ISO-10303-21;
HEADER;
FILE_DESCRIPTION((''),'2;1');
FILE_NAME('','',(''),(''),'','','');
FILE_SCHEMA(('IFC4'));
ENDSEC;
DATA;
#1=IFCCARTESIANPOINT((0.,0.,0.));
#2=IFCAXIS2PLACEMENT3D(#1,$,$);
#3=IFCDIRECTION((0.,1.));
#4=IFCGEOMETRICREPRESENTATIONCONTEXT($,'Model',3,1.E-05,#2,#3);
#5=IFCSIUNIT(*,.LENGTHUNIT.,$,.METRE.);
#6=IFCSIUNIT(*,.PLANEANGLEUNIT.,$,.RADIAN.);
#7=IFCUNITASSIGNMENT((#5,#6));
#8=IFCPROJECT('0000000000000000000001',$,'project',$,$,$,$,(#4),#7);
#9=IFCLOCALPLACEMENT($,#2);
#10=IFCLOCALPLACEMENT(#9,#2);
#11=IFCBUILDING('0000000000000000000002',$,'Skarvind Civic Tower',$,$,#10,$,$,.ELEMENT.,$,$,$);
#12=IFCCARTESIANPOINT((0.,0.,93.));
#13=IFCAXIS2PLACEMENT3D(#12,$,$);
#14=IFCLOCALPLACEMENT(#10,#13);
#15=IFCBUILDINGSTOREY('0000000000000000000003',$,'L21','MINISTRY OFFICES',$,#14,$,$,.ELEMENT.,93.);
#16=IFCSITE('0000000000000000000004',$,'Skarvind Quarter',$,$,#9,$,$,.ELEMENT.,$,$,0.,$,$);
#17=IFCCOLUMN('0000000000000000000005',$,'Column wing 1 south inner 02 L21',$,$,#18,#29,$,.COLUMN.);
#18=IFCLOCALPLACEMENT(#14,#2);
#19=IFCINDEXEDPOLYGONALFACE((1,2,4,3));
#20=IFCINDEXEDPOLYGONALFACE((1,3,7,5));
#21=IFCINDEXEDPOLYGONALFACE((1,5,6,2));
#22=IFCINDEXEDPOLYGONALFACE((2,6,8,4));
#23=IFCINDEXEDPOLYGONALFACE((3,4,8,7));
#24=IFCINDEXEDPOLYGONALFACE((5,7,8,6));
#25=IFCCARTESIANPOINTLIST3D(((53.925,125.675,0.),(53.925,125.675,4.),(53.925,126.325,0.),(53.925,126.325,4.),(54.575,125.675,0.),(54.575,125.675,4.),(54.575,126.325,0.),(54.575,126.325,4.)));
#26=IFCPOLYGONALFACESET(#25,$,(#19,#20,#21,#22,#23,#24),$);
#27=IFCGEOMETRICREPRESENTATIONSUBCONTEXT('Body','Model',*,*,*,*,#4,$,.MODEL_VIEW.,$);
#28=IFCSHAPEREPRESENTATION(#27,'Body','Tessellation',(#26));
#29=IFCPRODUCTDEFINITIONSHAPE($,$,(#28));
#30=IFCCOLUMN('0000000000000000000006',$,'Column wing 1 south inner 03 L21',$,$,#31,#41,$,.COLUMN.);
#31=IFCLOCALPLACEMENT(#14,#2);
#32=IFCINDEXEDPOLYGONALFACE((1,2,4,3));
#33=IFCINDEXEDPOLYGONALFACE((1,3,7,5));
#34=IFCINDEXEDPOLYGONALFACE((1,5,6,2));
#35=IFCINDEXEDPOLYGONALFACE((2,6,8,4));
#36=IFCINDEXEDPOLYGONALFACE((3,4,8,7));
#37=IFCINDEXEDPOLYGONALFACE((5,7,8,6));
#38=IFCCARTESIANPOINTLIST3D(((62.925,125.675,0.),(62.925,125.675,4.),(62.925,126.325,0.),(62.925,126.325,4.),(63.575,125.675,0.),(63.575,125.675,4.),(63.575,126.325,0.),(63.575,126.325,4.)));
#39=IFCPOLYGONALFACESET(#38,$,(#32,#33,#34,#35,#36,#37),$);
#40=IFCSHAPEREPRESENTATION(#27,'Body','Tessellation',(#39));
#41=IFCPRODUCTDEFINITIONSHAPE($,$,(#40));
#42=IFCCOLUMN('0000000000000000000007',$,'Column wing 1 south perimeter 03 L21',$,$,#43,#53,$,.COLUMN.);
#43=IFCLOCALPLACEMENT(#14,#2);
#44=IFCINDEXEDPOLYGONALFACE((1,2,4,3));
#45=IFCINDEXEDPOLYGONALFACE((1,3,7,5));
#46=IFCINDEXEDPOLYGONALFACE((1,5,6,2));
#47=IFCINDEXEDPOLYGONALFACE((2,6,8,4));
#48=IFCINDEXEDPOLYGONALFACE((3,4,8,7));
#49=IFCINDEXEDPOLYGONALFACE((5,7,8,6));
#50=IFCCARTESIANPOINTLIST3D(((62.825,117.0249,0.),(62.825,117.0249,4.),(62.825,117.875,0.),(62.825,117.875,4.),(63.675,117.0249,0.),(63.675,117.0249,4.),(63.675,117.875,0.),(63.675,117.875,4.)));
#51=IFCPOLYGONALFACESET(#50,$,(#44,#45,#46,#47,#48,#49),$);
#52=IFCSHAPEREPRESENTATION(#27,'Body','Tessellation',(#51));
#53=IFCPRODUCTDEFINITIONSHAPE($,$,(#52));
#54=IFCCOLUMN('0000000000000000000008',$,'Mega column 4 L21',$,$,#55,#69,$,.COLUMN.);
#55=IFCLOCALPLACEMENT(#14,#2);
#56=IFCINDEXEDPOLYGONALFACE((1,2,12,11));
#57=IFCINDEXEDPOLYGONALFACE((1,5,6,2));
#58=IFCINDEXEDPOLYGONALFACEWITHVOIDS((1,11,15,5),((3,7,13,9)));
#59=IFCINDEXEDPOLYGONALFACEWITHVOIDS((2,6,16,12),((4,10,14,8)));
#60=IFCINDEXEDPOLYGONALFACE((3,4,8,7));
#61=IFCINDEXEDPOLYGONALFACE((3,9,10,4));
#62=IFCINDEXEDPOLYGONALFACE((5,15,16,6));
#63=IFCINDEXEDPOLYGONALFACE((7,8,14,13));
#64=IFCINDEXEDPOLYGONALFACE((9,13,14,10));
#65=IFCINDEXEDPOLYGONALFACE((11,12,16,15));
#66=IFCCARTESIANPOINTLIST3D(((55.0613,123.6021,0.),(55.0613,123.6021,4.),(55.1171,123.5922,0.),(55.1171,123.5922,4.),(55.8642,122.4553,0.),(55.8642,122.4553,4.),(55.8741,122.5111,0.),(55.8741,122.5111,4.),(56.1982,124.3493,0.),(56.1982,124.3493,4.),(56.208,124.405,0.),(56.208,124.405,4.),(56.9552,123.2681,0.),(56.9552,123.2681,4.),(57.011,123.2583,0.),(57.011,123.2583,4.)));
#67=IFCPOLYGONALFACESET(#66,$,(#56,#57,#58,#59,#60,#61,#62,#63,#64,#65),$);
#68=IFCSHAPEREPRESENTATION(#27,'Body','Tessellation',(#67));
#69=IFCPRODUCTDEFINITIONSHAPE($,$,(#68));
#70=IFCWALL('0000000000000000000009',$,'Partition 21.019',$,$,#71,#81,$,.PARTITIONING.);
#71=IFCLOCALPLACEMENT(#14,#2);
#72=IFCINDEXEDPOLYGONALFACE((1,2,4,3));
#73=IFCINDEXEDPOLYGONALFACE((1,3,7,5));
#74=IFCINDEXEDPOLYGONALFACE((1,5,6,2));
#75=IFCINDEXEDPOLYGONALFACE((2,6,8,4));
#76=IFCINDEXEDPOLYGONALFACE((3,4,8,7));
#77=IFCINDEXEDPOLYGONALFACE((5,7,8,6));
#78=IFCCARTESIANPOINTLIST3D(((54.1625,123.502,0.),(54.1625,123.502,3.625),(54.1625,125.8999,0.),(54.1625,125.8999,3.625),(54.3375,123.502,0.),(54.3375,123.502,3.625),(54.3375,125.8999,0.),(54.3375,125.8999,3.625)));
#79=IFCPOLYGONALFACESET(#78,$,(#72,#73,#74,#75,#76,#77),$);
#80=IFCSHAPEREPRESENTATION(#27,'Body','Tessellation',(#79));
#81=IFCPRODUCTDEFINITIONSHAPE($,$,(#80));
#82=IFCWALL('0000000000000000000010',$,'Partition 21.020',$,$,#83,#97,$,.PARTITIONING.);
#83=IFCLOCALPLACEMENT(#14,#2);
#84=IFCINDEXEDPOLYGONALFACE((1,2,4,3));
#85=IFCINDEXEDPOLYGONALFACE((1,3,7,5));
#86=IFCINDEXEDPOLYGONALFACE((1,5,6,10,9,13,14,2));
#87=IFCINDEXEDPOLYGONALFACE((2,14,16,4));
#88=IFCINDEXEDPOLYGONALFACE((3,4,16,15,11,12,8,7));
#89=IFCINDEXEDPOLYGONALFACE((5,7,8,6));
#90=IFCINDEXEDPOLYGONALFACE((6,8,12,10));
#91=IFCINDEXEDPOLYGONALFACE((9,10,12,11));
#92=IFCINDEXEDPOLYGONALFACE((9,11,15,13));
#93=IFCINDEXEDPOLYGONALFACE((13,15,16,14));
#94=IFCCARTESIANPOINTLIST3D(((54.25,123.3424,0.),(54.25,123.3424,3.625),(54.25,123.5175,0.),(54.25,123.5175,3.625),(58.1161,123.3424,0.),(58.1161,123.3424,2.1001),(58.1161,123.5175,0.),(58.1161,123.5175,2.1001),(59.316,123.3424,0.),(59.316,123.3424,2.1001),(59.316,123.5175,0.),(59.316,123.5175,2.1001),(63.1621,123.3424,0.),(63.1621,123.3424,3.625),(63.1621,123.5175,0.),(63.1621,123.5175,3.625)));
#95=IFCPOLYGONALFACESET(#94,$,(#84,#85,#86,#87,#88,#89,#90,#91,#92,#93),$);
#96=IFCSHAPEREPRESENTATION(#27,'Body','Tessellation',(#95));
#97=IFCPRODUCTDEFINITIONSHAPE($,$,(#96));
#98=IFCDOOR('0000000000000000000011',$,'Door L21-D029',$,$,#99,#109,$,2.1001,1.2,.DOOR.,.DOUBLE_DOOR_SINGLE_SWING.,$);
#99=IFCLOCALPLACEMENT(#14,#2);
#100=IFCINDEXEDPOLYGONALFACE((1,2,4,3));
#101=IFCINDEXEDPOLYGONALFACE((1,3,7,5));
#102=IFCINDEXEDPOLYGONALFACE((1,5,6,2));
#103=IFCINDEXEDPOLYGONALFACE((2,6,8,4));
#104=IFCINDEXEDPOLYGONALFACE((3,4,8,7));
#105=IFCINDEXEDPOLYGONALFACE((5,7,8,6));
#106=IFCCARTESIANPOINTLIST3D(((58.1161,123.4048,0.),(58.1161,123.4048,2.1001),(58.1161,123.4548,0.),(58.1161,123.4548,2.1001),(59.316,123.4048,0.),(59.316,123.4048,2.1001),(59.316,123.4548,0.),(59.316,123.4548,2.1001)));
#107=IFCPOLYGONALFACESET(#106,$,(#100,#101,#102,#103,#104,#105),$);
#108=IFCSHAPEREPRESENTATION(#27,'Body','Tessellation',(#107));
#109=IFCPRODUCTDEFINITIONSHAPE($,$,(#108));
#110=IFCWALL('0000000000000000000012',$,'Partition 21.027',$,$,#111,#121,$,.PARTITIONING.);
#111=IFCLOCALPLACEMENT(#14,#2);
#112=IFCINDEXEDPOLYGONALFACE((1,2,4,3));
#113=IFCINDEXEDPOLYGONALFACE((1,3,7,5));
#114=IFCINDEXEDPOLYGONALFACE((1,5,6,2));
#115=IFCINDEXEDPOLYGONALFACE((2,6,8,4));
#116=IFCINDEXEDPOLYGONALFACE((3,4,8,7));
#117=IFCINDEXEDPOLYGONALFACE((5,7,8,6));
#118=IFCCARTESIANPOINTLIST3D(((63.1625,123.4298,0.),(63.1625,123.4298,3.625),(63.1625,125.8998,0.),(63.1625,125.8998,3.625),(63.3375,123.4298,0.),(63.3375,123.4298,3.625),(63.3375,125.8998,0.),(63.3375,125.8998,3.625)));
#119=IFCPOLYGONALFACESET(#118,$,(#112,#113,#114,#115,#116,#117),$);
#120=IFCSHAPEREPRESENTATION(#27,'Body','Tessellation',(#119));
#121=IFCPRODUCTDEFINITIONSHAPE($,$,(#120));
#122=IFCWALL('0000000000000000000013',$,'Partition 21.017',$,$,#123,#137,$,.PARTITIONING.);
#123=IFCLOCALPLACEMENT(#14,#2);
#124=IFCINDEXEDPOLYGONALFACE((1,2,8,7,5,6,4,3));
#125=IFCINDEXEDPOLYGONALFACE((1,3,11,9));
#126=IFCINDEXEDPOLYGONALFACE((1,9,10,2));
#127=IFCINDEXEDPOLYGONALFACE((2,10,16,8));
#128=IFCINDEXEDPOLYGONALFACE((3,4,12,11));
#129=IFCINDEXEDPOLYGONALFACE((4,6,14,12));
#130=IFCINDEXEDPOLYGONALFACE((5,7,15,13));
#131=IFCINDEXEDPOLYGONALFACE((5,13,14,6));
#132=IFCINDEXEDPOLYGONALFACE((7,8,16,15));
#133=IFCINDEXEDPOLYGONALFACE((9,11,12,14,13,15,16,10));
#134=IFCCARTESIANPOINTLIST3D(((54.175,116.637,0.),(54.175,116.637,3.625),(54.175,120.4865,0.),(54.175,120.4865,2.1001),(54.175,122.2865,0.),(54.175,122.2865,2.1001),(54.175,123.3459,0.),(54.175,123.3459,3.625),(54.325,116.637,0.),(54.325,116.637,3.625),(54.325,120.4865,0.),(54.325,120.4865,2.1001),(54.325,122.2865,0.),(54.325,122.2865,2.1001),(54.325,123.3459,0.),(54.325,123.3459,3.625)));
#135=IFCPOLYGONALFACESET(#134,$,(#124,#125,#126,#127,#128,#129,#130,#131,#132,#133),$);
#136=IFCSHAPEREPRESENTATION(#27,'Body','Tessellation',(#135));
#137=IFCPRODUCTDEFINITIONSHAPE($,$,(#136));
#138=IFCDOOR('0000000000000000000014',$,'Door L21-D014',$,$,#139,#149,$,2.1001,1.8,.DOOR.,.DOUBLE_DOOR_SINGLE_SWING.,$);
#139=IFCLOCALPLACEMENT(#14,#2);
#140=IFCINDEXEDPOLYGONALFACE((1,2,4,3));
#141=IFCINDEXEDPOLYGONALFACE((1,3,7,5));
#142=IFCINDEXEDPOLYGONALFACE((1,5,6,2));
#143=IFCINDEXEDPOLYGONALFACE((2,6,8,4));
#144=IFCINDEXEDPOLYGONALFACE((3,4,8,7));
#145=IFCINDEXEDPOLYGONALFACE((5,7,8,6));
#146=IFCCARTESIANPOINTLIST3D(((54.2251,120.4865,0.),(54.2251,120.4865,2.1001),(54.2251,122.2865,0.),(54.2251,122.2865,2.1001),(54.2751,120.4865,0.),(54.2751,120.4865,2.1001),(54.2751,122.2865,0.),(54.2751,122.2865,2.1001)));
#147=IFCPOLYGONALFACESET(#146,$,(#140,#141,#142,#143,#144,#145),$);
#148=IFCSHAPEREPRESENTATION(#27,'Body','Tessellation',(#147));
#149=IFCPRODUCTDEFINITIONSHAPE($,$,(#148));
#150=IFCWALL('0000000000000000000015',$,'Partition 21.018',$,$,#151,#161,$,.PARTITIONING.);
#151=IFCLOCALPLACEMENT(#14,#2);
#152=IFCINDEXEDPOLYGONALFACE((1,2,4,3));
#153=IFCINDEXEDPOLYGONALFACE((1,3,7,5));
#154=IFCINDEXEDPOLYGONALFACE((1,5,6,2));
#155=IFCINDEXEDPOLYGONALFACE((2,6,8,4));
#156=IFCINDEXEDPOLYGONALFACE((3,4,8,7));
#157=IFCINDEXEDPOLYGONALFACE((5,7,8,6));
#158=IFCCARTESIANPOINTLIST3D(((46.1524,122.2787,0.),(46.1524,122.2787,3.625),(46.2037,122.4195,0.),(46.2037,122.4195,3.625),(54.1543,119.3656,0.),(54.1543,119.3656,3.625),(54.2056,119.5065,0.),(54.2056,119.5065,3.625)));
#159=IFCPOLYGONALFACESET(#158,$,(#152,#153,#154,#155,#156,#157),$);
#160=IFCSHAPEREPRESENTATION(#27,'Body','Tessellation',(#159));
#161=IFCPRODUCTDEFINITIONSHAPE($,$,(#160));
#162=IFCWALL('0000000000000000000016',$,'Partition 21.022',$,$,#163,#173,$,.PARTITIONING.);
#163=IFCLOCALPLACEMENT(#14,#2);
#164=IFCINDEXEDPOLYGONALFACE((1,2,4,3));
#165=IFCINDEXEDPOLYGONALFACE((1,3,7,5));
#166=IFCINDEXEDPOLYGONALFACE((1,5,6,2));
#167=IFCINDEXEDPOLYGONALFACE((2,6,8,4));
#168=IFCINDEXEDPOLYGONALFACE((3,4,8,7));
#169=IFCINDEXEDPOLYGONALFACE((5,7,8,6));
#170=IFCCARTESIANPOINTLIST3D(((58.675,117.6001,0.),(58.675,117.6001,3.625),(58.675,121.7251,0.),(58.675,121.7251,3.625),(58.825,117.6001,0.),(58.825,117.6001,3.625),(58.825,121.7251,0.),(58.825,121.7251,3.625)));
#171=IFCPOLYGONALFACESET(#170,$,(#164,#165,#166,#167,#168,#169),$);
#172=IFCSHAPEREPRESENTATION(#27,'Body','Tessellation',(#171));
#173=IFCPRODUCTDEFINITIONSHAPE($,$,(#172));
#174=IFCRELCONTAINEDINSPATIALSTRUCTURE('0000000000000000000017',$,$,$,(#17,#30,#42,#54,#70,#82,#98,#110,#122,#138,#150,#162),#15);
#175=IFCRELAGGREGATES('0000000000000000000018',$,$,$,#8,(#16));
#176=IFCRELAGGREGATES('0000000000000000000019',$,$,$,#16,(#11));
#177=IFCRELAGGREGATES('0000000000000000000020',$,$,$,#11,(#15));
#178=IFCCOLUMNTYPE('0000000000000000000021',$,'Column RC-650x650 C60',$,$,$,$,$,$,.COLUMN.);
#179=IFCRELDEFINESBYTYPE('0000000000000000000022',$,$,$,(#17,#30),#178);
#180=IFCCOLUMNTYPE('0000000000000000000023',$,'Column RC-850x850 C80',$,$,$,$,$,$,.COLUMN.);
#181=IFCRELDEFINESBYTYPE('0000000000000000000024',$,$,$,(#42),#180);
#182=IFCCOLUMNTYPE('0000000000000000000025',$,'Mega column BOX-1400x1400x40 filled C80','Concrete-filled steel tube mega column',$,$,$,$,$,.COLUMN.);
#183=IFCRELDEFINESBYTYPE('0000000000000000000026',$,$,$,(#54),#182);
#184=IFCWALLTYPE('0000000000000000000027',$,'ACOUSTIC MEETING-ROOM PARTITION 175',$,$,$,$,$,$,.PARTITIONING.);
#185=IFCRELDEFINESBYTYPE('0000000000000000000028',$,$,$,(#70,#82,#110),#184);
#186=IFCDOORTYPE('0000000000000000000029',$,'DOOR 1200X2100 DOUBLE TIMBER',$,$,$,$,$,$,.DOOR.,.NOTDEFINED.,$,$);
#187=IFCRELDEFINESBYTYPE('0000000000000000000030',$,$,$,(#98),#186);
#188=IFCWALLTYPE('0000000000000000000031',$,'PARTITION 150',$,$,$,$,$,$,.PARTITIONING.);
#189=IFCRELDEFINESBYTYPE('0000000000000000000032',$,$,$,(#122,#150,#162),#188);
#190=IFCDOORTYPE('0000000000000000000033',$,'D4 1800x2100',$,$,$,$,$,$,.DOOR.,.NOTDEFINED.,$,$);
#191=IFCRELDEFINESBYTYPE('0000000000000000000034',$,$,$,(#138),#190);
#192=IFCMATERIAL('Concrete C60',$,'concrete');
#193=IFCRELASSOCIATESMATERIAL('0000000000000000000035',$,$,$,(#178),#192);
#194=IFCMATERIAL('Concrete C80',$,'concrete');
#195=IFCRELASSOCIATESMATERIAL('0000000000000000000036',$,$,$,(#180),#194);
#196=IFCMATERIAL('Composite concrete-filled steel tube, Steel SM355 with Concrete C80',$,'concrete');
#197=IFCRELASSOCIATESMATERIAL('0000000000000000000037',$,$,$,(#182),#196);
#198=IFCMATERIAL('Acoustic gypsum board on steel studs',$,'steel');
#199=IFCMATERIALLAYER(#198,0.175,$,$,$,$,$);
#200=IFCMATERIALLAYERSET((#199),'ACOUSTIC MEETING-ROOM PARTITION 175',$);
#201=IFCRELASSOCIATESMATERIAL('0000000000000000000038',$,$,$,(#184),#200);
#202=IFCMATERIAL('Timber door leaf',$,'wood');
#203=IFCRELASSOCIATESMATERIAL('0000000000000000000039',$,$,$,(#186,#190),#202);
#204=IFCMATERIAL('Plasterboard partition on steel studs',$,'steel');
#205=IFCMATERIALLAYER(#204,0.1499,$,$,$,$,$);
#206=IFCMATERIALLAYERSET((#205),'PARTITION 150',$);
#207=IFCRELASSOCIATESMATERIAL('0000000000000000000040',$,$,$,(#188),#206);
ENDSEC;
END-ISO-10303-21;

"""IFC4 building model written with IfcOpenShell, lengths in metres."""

from ifc_helpers import new_model, si_unit, direction, frame, frame_2d, origin, origin_2d, place, context, subcontext, project, spatial, rectangle, hollow_rectangle, extrude, material, layer, layer_set, material_profile, profile_set, type_object, element, fill, save


model = new_model("IFC4")

# Units and contexts
model_context = context("Model", 3, precision=1e-05, world=origin(), true_north=direction((0.0, 1.0)))
body_context = subcontext(model_context, "Body", "Model", "MODEL_VIEW")
ifc_project = project(units=[si_unit("LENGTHUNIT", "METRE"), si_unit("PLANEANGLEUNIT", "RADIAN")], contexts=[model_context])

# Site, building, storey
site_placement = place(None, origin())
site = spatial("IfcSite", under=ifc_project, at=site_placement, Name="Skarvind Quarter", CompositionType="ELEMENT", RefElevation=0.0)
building_placement = place(site_placement, origin())
building = spatial("IfcBuilding", under=site, at=building_placement, Name="Skarvind Civic Tower", CompositionType="ELEMENT")
storey_placement = place(building_placement, frame((0.0, 0.0, 93.0)))
storey = spatial("IfcBuildingStorey", under=building, at=storey_placement, Name="L21", Description="MINISTRY OFFICES", CompositionType="ELEMENT", Elevation=93.0)

# Columns
ifc_material_1 = material(Name="Concrete C60", Category="concrete")
ifc_material_profile_1 = material_profile(ifc_material_1, rectangle(XDim=0.6499, YDim=0.6499, at=origin_2d()), Name="RC-650x650")
ifc_profile_set_1 = profile_set([ifc_material_profile_1], Name="Concrete C60")
column_type_1 = type_object("IfcColumnType", Name="Column RC-650x650 C60", PredefinedType="COLUMN", material=ifc_profile_set_1)
for number, where, z_axis, x_axis, name in (
    (1, (54.25, 126.0, 0.0), (0.0, 0.0, 1.0), (1.0, 0.0, 0.0), "Column wing 1 south inner 02 L21"),
    (2, (63.25, 126.0, 0.0), (0.0, 0.0, 1.0), (1.0, 0.0, 0.0), "Column wing 1 south inner 03 L21"),
):
    element("IfcColumn", number, at=place(storey_placement, frame(where, z_axis=z_axis, x_axis=x_axis)), inside=storey, type_object=column_type_1, Name=name, PredefinedType="COLUMN", context=body_context, shape_type="SweptSolid", body=[
        extrude(rectangle(XDim=0.6499, YDim=0.6499, at=origin_2d()), origin(), (0.0, 0.0, 1.0), 4.0),
    ])
ifc_material_2 = material(Name="Concrete C80", Category="concrete")
ifc_material_profile_2 = material_profile(ifc_material_2, rectangle(XDim=0.8501, YDim=0.8501, at=origin_2d()), Name="RC-850x850")
ifc_profile_set_2 = profile_set([ifc_material_profile_2], Name="Concrete C80")
column_type_2 = type_object("IfcColumnType", Name="Column RC-850x850 C80", PredefinedType="COLUMN", material=ifc_profile_set_2)
column_1_placement = place(storey_placement, frame((63.25, 117.45, 0.0), z_axis=(0.0, 0.0, 1.0), x_axis=(1.0, 0.0, 0.0)))
element("IfcColumn", 3, at=column_1_placement, inside=storey, type_object=column_type_2, Name="Column wing 1 south perimeter 03 L21", PredefinedType="COLUMN", context=body_context, shape_type="SweptSolid", body=[
    extrude(rectangle(XDim=0.8501, YDim=0.8501, at=origin_2d()), origin(), (0.0, 0.0, 1.0), 4.0),
])
ifc_material_3 = material(Name="Composite concrete-filled steel tube, Steel SM355 with Concrete C80", Category="concrete")
ifc_material_profile_3 = material_profile(ifc_material_3, hollow_rectangle(XDim=1.3999, YDim=1.3999, WallThickness=0.04, at=origin_2d()), Name="BOX-1400x1400x40")
ifc_profile_set_3 = profile_set([ifc_material_profile_3], Name="Composite concrete-filled steel tube, Steel SM355 with Concrete C80")
column_type_3 = type_object("IfcColumnType", Name="Mega column BOX-1400x1400x40 filled C80", Description="Concrete-filled steel tube mega column", PredefinedType="COLUMN", material=ifc_profile_set_3)
column_2_placement = place(storey_placement, frame((56.0361, 123.4302, 0.0), z_axis=(0.0, 0.0, 1.0), x_axis=(0.573576, -0.819152, 0.0)))
element("IfcColumn", 4, at=column_2_placement, inside=storey, type_object=column_type_3, Name="Mega column 4 L21", PredefinedType="COLUMN", context=body_context, shape_type="SweptSolid", body=[
    extrude(hollow_rectangle(XDim=1.3999, YDim=1.3999, WallThickness=0.04, at=origin_2d()), origin(), (0.0, 0.0, 1.0), 4.0),
])

# Wall
ifc_material_4 = material(Name="Acoustic gypsum board on steel studs", Category="steel")
ifc_layer_1 = layer(ifc_material_4, 0.175)
ifc_layer_set_1 = layer_set([ifc_layer_1], Name="ACOUSTIC MEETING-ROOM PARTITION 175")
wall_type_1 = type_object("IfcWallType", Name="ACOUSTIC MEETING-ROOM PARTITION 175", PredefinedType="PARTITIONING", material=ifc_layer_set_1)
wall_1_placement = place(storey_placement, frame((54.25, 123.502, 0.0), z_axis=(0.0, 0.0, 1.0), x_axis=(0.0, 1.0, 0.0)))
element("IfcWall", 5, at=wall_1_placement, inside=storey, type_object=wall_type_1, Name="Partition 21.019", PredefinedType="PARTITIONING", context=body_context, shape_type="SweptSolid", body=[
    extrude(rectangle(XDim=2.3979, YDim=0.175, at=frame_2d((1.199, 0.0))), origin(), (0.0, 0.0, 1.0), 3.625),
])

# Wall, opening, door
wall_2_placement = place(storey_placement, frame((54.25, 123.4299, 0.0), z_axis=(0.0, 0.0, 1.0), x_axis=(1.0, 0.0, 0.0)))
wall_2 = element("IfcWall", 6, at=wall_2_placement, inside=storey, type_object=wall_type_1, Name="Partition 21.020", PredefinedType="PARTITIONING", context=body_context, shape_type="SweptSolid", body=[
    extrude(rectangle(XDim=8.9121, YDim=0.175, at=frame_2d((4.4561, 0.0))), origin(), (0.0, 0.0, 1.0), 3.625),
])
opening_1_placement = place(wall_2_placement, frame((3.866, 0.0, 0.0)))
opening_1 = element("IfcOpeningElement", 7, at=opening_1_placement, cuts=wall_2, PredefinedType="OPENING", context=body_context, shape_type="SweptSolid", body=[
    extrude(rectangle(XDim=1.2, YDim=2.1001, at=frame_2d((0.6001, 1.05))), frame((0.0, 0.0974, 0.0), z_axis=(0.0, -1.0, 0.0), x_axis=(1.0, 0.0, 0.0)), (0.0, 0.0, 1.0), 0.1951),
])
ifc_material_5 = material(Name="Timber door leaf", Category="wood")
door_type_1 = type_object("IfcDoorType", Name="DOOR 1200X2100 DOUBLE TIMBER", OperationType="NOTDEFINED", PredefinedType="DOOR", material=ifc_material_5)
door_1_placement = place(opening_1_placement, origin())
door_1 = element("IfcDoor", 8, at=door_1_placement, inside=storey, type_object=door_type_1, Name="Door L21-D029", OperationType="DOUBLE_DOOR_SINGLE_SWING", OverallHeight=2.1001, OverallWidth=1.2, PredefinedType="DOOR", context=body_context, shape_type="SweptSolid", body=[
    extrude(rectangle(XDim=1.2, YDim=2.1001, at=frame_2d((0.6001, 1.05))), frame((0.0, 0.0249, 0.0), z_axis=(0.0, -1.0, 0.0), x_axis=(1.0, 0.0, 0.0)), (0.0, 0.0, 1.0), 0.05),
])
fill(opening_1, door_1)

# Wall
wall_3_placement = place(storey_placement, frame((63.25, 123.4299, 0.0), z_axis=(0.0, 0.0, 1.0), x_axis=(0.0, 1.0, 0.0)))
element("IfcWall", 9, at=wall_3_placement, inside=storey, type_object=wall_type_1, Name="Partition 21.027", PredefinedType="PARTITIONING", context=body_context, shape_type="SweptSolid", body=[
    extrude(rectangle(XDim=2.47, YDim=0.175, at=frame_2d((1.2349, 0.0))), origin(), (0.0, 0.0, 1.0), 3.625),
])

# Wall, opening, door
ifc_material_6 = material(Name="Plasterboard partition on steel studs", Category="steel")
ifc_layer_2 = layer(ifc_material_6, 0.1499)
ifc_layer_set_2 = layer_set([ifc_layer_2], Name="PARTITION 150")
wall_type_2 = type_object("IfcWallType", Name="PARTITION 150", PredefinedType="PARTITIONING", material=ifc_layer_set_2)
wall_4_placement = place(storey_placement, frame((54.25, 116.637, 0.0), z_axis=(0.0, 0.0, 1.0), x_axis=(0.0, 1.0, 0.0)))
wall_4 = element("IfcWall", 10, at=wall_4_placement, inside=storey, type_object=wall_type_2, Name="Partition 21.017", PredefinedType="PARTITIONING", context=body_context, shape_type="SweptSolid", body=[
    extrude(rectangle(XDim=6.709, YDim=0.1499, at=frame_2d((3.3545, 0.0))), origin(), (0.0, 0.0, 1.0), 3.625),
])
opening_2_placement = place(wall_4_placement, frame((3.8496, 0.0, 0.0)))
opening_2 = element("IfcOpeningElement", 11, at=opening_2_placement, cuts=wall_4, PredefinedType="OPENING", context=body_context, shape_type="SweptSolid", body=[
    extrude(rectangle(XDim=1.8, YDim=2.1001, at=frame_2d((0.8999, 1.05))), frame((0.0, 0.085, 0.0), z_axis=(0.0, -1.0, 0.0), x_axis=(1.0, 0.0, 0.0)), (0.0, 0.0, 1.0), 0.1699),
])
door_type_2 = type_object("IfcDoorType", Name="D4 1800x2100", OperationType="NOTDEFINED", PredefinedType="DOOR", material=ifc_material_5)
door_2_placement = place(opening_2_placement, origin())
door_2 = element("IfcDoor", 12, at=door_2_placement, inside=storey, type_object=door_type_2, Name="Door L21-D014", OperationType="DOUBLE_DOOR_SINGLE_SWING", OverallHeight=2.1001, OverallWidth=1.8, PredefinedType="DOOR", context=body_context, shape_type="SweptSolid", body=[
    extrude(rectangle(XDim=1.8, YDim=2.1001, at=frame_2d((0.8999, 1.05))), frame((0.0, 0.0249, 0.0), z_axis=(0.0, -1.0, 0.0), x_axis=(1.0, 0.0, 0.0)), (0.0, 0.0, 1.0), 0.05),
])
fill(opening_2, door_2)

# Walls
wall_5_placement = place(storey_placement, frame((54.1799, 119.436, 0.0), z_axis=(0.0, 0.0, 1.0), x_axis=(-0.939669, 0.342084, 0.0)))
element("IfcWall", 13, at=wall_5_placement, inside=storey, type_object=wall_type_2, Name="Partition 21.018", PredefinedType="PARTITIONING", context=body_context, shape_type="SweptSolid", body=[
    extrude(rectangle(XDim=8.5156, YDim=0.1499, at=frame_2d((4.2578, 0.0))), origin(), (0.0, 0.0, 1.0), 3.625),
])
wall_6_placement = place(storey_placement, frame((58.75, 117.6001, 0.0), z_axis=(0.0, 0.0, 1.0), x_axis=(0.0, 1.0, 0.0)))
element("IfcWall", 14, at=wall_6_placement, inside=storey, type_object=wall_type_2, Name="Partition 21.022", PredefinedType="PARTITIONING", context=body_context, shape_type="SweptSolid", body=[
    extrude(rectangle(XDim=4.125, YDim=0.1499, at=frame_2d((2.0625, 0.0))), origin(), (0.0, 0.0, 1.0), 3.625),
])

save(model, "model.ifc")
